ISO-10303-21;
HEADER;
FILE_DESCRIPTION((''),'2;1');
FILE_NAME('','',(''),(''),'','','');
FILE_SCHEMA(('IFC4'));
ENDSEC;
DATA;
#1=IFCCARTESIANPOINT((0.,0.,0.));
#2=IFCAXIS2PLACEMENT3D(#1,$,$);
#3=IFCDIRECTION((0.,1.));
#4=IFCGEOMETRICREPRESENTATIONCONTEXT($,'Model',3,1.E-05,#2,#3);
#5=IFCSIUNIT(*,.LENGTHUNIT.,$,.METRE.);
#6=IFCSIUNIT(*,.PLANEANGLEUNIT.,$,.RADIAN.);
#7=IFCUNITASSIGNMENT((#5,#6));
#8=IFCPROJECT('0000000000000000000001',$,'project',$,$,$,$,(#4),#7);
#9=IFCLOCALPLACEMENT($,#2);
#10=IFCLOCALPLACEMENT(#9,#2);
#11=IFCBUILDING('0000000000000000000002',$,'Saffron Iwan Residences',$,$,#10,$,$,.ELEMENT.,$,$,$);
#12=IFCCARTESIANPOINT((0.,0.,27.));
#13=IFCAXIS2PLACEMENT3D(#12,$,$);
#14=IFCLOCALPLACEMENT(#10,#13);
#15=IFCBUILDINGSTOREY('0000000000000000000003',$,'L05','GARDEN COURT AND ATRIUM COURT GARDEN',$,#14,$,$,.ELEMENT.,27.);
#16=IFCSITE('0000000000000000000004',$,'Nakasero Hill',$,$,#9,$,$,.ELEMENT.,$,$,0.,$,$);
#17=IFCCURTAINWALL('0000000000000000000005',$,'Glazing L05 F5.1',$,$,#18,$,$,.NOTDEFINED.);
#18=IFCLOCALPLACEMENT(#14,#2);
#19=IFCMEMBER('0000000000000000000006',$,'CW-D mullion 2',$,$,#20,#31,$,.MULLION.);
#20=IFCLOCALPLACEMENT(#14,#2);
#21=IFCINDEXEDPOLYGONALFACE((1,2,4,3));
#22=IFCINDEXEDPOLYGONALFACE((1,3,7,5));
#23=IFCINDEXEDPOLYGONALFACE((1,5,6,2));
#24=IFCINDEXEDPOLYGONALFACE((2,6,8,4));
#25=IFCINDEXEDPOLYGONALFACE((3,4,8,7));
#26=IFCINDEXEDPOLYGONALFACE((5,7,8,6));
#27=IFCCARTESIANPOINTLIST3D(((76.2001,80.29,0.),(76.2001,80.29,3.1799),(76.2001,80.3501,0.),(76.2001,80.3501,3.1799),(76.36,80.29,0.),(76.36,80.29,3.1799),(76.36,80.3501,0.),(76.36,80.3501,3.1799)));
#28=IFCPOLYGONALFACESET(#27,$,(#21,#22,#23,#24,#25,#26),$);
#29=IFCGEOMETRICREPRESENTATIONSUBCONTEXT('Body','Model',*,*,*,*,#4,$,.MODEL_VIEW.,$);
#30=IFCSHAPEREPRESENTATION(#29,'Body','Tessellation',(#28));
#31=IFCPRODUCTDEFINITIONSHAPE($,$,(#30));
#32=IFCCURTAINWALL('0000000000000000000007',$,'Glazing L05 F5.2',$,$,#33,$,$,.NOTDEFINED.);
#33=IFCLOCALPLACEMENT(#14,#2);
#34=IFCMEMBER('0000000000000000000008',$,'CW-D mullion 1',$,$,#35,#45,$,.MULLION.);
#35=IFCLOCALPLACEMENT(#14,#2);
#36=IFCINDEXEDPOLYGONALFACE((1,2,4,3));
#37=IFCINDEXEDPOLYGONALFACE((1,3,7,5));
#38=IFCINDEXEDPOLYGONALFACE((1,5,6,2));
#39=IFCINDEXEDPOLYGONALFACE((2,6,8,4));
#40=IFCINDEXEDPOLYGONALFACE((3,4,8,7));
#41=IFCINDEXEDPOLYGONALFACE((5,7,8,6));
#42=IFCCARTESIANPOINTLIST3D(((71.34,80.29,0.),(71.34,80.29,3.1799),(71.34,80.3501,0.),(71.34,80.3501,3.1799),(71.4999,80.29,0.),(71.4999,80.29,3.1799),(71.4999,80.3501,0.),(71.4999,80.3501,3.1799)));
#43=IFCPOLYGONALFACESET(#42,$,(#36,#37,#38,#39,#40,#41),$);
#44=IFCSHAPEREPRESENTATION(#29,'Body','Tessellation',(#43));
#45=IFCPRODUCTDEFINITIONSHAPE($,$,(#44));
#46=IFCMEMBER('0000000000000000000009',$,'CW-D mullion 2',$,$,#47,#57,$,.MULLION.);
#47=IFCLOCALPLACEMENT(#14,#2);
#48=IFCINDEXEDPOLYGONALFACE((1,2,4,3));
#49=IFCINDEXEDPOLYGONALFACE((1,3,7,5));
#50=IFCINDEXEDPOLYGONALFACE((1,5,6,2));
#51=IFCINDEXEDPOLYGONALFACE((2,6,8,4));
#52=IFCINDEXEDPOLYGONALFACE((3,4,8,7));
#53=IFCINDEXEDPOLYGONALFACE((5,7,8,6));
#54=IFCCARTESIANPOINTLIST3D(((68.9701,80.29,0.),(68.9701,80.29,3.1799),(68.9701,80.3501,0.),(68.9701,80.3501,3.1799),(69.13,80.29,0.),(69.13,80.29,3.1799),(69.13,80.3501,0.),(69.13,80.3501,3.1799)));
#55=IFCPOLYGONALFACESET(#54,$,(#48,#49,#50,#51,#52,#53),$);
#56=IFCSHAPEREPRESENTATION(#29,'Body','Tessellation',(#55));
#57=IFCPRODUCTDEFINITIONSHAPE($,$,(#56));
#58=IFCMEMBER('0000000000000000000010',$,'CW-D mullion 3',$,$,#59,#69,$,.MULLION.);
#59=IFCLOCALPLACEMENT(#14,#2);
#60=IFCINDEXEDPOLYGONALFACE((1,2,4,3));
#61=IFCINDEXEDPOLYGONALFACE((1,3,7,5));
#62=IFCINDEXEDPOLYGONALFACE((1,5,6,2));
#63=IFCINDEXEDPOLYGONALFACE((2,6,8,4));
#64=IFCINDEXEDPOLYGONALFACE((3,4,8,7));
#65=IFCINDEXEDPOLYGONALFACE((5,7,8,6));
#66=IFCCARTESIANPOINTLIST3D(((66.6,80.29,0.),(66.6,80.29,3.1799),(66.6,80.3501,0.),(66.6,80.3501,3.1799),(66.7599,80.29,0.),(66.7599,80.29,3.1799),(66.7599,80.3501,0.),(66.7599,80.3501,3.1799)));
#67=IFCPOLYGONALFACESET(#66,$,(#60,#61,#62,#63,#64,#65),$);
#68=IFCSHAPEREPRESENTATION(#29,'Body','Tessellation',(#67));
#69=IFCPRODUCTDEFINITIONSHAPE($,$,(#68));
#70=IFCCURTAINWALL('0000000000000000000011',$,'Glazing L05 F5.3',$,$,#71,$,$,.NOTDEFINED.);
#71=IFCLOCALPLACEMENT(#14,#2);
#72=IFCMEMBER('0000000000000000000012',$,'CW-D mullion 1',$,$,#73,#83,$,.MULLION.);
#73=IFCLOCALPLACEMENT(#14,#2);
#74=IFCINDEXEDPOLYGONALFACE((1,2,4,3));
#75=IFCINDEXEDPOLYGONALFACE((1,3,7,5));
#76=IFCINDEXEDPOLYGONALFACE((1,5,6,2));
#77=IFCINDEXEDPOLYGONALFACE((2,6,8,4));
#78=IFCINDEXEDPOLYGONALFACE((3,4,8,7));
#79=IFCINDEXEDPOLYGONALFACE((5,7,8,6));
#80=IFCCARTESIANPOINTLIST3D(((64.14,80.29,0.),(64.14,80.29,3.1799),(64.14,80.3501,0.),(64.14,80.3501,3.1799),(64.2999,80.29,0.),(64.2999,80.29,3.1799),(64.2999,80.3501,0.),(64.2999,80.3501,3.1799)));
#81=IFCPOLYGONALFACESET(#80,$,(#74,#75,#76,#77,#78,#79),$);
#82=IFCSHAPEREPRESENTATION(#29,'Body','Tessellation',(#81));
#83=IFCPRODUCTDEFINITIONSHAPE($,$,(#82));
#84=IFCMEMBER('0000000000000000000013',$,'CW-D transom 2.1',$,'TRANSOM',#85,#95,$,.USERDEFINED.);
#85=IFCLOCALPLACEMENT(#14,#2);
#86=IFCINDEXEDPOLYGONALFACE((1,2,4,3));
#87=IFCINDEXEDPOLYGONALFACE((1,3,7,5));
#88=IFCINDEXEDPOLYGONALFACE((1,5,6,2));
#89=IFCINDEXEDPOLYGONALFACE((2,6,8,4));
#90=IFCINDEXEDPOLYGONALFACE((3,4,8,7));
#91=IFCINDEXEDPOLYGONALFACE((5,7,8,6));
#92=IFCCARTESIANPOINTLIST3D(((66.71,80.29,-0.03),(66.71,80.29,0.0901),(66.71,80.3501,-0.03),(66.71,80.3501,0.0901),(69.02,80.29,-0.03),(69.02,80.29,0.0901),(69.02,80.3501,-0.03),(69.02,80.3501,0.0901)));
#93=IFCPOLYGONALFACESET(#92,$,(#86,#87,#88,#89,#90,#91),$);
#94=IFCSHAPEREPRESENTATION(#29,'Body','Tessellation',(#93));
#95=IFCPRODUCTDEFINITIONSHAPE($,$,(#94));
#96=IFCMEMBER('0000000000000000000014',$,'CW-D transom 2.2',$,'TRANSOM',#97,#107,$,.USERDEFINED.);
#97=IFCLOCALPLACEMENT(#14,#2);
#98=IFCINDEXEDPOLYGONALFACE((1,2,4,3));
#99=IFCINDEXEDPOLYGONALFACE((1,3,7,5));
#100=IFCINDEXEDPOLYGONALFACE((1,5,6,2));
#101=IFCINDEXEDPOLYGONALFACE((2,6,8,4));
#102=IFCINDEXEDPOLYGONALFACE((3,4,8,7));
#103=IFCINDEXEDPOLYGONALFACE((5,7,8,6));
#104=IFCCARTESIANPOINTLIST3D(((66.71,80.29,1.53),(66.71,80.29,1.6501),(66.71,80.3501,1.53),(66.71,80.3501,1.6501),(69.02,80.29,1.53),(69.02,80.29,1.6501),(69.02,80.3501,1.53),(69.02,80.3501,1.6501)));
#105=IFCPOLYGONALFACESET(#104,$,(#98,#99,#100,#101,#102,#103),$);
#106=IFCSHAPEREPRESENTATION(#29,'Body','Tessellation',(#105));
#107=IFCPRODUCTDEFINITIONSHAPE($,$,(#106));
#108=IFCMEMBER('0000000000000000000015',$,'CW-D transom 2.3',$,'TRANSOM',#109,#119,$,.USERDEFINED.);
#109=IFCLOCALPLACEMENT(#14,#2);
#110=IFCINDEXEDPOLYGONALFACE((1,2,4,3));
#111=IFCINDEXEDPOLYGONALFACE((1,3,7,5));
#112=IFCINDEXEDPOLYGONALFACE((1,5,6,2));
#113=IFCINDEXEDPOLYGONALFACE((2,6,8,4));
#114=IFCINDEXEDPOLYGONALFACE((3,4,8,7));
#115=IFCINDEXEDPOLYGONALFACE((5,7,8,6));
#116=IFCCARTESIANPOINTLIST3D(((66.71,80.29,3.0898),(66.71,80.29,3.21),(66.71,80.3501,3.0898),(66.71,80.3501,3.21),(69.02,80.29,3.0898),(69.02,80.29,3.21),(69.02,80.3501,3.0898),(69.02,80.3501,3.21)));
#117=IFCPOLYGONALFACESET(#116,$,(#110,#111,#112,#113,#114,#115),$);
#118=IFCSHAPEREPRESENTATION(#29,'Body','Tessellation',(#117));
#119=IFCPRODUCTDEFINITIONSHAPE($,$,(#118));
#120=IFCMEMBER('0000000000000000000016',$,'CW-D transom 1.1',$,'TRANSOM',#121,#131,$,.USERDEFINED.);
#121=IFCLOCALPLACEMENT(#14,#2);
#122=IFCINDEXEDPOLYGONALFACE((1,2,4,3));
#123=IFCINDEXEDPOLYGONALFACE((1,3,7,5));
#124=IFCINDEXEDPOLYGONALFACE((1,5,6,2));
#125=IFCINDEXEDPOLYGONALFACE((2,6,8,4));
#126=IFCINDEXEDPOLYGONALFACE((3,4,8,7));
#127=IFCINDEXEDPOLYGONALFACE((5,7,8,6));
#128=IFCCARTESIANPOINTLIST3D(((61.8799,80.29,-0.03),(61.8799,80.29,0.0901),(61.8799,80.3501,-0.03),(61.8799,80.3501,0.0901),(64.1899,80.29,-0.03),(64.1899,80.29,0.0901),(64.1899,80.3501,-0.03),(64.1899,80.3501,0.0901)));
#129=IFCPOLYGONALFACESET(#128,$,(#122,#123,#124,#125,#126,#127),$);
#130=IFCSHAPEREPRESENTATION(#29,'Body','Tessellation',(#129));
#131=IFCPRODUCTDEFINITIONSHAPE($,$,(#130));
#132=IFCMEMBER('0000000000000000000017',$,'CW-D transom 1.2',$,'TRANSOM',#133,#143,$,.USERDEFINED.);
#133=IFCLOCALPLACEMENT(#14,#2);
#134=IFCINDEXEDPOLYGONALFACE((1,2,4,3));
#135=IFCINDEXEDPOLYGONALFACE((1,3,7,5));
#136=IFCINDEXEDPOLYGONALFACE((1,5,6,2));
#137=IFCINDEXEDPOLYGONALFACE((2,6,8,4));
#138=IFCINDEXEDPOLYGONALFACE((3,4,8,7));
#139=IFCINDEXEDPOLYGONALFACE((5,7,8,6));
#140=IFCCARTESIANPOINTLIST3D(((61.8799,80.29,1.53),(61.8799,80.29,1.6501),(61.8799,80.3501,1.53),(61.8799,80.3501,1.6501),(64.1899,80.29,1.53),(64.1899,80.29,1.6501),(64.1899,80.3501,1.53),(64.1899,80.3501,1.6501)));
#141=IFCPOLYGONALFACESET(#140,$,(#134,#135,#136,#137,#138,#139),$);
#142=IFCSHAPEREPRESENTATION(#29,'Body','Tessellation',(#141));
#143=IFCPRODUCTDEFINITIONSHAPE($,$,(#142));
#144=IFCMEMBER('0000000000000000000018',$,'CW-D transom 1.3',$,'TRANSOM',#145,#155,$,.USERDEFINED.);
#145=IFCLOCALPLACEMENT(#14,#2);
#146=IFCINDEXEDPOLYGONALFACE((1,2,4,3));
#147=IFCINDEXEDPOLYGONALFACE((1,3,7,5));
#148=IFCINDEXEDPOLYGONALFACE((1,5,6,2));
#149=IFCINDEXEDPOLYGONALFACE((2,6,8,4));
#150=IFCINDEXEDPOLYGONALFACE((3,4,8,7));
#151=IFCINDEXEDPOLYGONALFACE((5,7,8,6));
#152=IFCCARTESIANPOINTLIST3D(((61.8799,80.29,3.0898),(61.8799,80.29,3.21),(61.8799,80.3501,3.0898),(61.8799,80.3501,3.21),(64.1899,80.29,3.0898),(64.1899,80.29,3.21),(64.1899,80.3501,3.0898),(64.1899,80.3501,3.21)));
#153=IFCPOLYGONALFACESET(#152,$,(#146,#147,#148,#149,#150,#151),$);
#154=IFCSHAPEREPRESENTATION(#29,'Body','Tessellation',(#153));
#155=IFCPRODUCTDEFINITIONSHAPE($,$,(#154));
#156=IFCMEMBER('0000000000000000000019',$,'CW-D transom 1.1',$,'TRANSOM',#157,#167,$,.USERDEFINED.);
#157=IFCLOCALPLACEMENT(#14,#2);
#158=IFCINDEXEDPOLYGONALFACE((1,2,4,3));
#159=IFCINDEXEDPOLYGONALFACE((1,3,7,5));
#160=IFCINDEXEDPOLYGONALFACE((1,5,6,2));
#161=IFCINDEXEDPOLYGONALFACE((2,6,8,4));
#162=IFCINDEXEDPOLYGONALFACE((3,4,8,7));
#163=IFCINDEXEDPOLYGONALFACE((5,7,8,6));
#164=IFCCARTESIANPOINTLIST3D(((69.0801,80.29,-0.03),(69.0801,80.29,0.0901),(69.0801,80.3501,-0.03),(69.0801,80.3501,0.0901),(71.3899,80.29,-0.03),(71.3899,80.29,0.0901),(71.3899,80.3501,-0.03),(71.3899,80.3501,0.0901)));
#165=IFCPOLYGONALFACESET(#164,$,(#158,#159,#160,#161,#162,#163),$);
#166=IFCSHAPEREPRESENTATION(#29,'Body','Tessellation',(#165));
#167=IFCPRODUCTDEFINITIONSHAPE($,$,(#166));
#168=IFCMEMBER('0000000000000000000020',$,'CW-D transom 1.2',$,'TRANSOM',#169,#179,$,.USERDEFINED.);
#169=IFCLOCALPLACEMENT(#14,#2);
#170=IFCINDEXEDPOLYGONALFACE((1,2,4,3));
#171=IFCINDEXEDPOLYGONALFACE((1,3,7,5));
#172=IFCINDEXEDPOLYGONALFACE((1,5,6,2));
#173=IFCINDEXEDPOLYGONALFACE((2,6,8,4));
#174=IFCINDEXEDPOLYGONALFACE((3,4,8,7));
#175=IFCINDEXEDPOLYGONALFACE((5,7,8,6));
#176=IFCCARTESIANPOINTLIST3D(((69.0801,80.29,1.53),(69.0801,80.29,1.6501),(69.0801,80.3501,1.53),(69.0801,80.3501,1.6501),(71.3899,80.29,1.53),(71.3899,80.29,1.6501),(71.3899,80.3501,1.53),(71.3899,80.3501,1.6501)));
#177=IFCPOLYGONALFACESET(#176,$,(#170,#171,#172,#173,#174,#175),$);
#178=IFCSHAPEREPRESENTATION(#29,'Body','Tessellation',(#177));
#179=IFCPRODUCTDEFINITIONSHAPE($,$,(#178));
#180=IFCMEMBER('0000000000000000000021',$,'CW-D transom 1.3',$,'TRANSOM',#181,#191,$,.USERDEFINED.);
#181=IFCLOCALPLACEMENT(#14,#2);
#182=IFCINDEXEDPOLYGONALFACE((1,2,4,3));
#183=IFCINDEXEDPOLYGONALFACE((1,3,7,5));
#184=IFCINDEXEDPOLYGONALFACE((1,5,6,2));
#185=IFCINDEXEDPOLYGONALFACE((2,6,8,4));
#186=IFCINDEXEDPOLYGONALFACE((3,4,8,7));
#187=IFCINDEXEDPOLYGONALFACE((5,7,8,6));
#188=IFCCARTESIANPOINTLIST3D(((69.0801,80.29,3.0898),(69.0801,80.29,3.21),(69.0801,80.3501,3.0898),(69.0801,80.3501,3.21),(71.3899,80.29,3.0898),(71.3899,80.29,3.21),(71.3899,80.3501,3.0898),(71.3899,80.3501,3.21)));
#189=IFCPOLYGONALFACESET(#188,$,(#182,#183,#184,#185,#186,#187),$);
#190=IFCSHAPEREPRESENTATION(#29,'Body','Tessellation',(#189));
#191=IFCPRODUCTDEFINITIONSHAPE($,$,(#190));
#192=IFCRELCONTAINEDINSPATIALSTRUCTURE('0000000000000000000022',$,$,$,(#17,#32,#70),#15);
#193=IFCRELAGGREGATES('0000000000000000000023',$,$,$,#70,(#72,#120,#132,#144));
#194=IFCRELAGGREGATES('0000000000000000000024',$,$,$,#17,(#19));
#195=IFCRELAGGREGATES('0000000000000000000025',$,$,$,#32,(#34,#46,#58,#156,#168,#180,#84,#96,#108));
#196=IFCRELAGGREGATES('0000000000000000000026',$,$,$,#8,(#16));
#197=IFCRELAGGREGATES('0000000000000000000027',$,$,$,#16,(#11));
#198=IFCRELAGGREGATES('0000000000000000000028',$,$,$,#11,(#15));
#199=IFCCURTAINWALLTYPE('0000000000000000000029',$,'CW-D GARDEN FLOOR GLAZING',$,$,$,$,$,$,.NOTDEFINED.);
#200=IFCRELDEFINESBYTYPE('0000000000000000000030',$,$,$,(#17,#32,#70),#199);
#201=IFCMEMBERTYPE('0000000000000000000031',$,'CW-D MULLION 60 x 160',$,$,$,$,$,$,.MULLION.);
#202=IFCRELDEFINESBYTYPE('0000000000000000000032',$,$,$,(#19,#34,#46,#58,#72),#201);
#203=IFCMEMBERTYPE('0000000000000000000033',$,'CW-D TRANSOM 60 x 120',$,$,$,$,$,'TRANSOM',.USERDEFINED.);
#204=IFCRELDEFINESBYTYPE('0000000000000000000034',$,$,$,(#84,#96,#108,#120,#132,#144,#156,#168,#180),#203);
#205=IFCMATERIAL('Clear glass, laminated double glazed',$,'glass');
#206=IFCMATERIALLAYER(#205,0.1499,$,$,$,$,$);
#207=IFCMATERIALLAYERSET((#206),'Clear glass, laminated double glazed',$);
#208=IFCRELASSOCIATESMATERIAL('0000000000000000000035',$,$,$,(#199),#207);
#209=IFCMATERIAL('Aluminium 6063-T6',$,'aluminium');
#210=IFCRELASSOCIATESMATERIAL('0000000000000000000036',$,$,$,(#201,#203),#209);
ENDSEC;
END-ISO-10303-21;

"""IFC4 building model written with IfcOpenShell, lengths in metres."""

from ifc_helpers import new_model, si_unit, direction, frame, origin, origin_2d, place, context, subcontext, project, spatial, rectangle, extrude, source, transform, mapped, material, layer, layer_set, material_profile, profile_set, type_object, element, aggregate, save


model = new_model("IFC4")

# Units and contexts
model_context = context("Model", 3, precision=1e-05, world=origin(), true_north=direction((0.0, 1.0)))
body_context = subcontext(model_context, "Body", "Model", "MODEL_VIEW")
ifc_project = project(units=[si_unit("LENGTHUNIT", "METRE"), si_unit("PLANEANGLEUNIT", "RADIAN")], contexts=[model_context])

# Site, building, storey
site_placement = place(None, origin())
site = spatial("IfcSite", under=ifc_project, at=site_placement, Name="Nakasero Hill", CompositionType="ELEMENT", RefElevation=0.0)
building_placement = place(site_placement, origin())
building = spatial("IfcBuilding", under=site, at=building_placement, Name="Saffron Iwan Residences", CompositionType="ELEMENT")
storey_placement = place(building_placement, frame((0.0, 0.0, 27.0)))
storey = spatial("IfcBuildingStorey", under=building, at=storey_placement, Name="L05", Description="GARDEN COURT AND ATRIUM COURT GARDEN", CompositionType="ELEMENT", Elevation=27.0)

# Curtain wall, member
ifc_material_1 = material(Name="Clear glass, laminated double glazed", Category="glass")
ifc_layer_1 = layer(ifc_material_1, 0.1499)
ifc_layer_set_1 = layer_set([ifc_layer_1], Name="Clear glass, laminated double glazed")
curtain_wall_type = type_object("IfcCurtainWallType", Name="CW-D GARDEN FLOOR GLAZING", PredefinedType="NOTDEFINED", material=ifc_layer_set_1)
curtain_wall_1_placement = place(storey_placement, origin())
curtain_wall_1 = element("IfcCurtainWall", 1, at=curtain_wall_1_placement, inside=storey, type_object=curtain_wall_type, Name="Glazing L05 F5.1", PredefinedType="NOTDEFINED")
ifc_material_2 = material(Name="Aluminium 6063-T6", Category="aluminium")
ifc_material_profile_1 = material_profile(ifc_material_2, rectangle(XDim=0.0601, YDim=0.1599, at=origin_2d()), Name="CW-D MULLION 60 x 160")
ifc_profile_set_1 = profile_set([ifc_material_profile_1], Name="Aluminium 6063-T6")
member_type_1 = type_object("IfcMemberType", Name="CW-D MULLION 60 x 160", PredefinedType="MULLION", material=ifc_profile_set_1)
shared_shape_1 = source(origin(), body_context, "Body", "SweptSolid", [
    extrude(rectangle(XDim=0.0601, YDim=0.1599, at=origin_2d()), origin(), (0.0, 0.0, 1.0), 3.1799),
])
member_1_placement = place(storey_placement, frame((76.28, 80.3201, 0.0), z_axis=(0.0, 0.0, 1.0), x_axis=(0.0, -1.0, 0.0)))
member_1 = element("IfcMember", 2, at=member_1_placement, type_object=member_type_1, Name="CW-D mullion 2", PredefinedType="MULLION", context=body_context, shape_type="MappedRepresentation", body=[
    mapped(shared_shape_1, transform((0.0, 0.0, 0.0))),
])

# Curtain wall, members
curtain_wall_2_placement = place(storey_placement, origin())
curtain_wall_2 = element("IfcCurtainWall", 3, at=curtain_wall_2_placement, inside=storey, type_object=curtain_wall_type, Name="Glazing L05 F5.2", PredefinedType="NOTDEFINED")
member_2_placement = place(storey_placement, frame((71.4199, 80.3201, 0.0), z_axis=(0.0, 0.0, 1.0), x_axis=(0.0, -1.0, 0.0)))
member_2 = element("IfcMember", 4, at=member_2_placement, type_object=member_type_1, Name="CW-D mullion 1", PredefinedType="MULLION", context=body_context, shape_type="MappedRepresentation", body=[
    mapped(shared_shape_1, transform((0.0, 0.0, 0.0))),
])
member_3_placement = place(storey_placement, frame((69.05, 80.3201, 0.0), z_axis=(0.0, 0.0, 1.0), x_axis=(0.0, -1.0, 0.0)))
member_3 = element("IfcMember", 5, at=member_3_placement, type_object=member_type_1, Name="CW-D mullion 2", PredefinedType="MULLION", context=body_context, shape_type="MappedRepresentation", body=[
    mapped(shared_shape_1, transform((0.0, 0.0, 0.0))),
])
member_4_placement = place(storey_placement, frame((66.6799, 80.3201, 0.0), z_axis=(0.0, 0.0, 1.0), x_axis=(0.0, -1.0, 0.0)))
member_4 = element("IfcMember", 6, at=member_4_placement, type_object=member_type_1, Name="CW-D mullion 3", PredefinedType="MULLION", context=body_context, shape_type="MappedRepresentation", body=[
    mapped(shared_shape_1, transform((0.0, 0.0, 0.0))),
])

# Curtain wall, member
curtain_wall_3_placement = place(storey_placement, origin())
curtain_wall_3 = element("IfcCurtainWall", 7, at=curtain_wall_3_placement, inside=storey, type_object=curtain_wall_type, Name="Glazing L05 F5.3", PredefinedType="NOTDEFINED")
member_5_placement = place(storey_placement, frame((64.22, 80.3201, 0.0), z_axis=(0.0, 0.0, 1.0), x_axis=(0.0, -1.0, 0.0)))
member_5 = element("IfcMember", 8, at=member_5_placement, type_object=member_type_1, Name="CW-D mullion 1", PredefinedType="MULLION", context=body_context, shape_type="MappedRepresentation", body=[
    mapped(shared_shape_1, transform((0.0, 0.0, 0.0))),
])

# Members
ifc_material_profile_2 = material_profile(ifc_material_2, rectangle(XDim=0.0601, YDim=0.1201, at=origin_2d()), Name="CW-D TRANSOM 60 x 120")
ifc_profile_set_2 = profile_set([ifc_material_profile_2], Name="Aluminium 6063-T6")
member_type_2 = type_object("IfcMemberType", Name="CW-D TRANSOM 60 x 120", ElementType="TRANSOM", PredefinedType="USERDEFINED", material=ifc_profile_set_2)
shared_shape_2 = source(origin(), body_context, "Body", "SweptSolid", [
    extrude(rectangle(XDim=0.0601, YDim=0.1201, at=origin_2d()), origin(), (0.0, 0.0, 1.0), 2.3101),
])
member_6_placement = place(storey_placement, frame((69.02, 80.3201, 0.03), z_axis=(-1.0, 0.0, 0.0), x_axis=(0.0, -1.0, 0.0)))
member_6 = element("IfcMember", 9, at=member_6_placement, type_object=member_type_2, Name="CW-D transom 2.1", ObjectType="TRANSOM", PredefinedType="USERDEFINED", context=body_context, shape_type="MappedRepresentation", body=[
    mapped(shared_shape_2, transform((0.0, 0.0, 0.0))),
])
member_7_placement = place(storey_placement, frame((69.02, 80.3201, 1.5901), z_axis=(-1.0, 0.0, 0.0), x_axis=(0.0, -1.0, 0.0)))
member_7 = element("IfcMember", 10, at=member_7_placement, type_object=member_type_2, Name="CW-D transom 2.2", ObjectType="TRANSOM", PredefinedType="USERDEFINED", context=body_context, shape_type="MappedRepresentation", body=[
    mapped(shared_shape_2, transform((0.0, 0.0, 0.0))),
])
member_8_placement = place(storey_placement, frame((69.02, 80.3201, 3.1499), z_axis=(-1.0, 0.0, 0.0), x_axis=(0.0, -1.0, 0.0)))
member_8 = element("IfcMember", 11, at=member_8_placement, type_object=member_type_2, Name="CW-D transom 2.3", ObjectType="TRANSOM", PredefinedType="USERDEFINED", context=body_context, shape_type="MappedRepresentation", body=[
    mapped(shared_shape_2, transform((0.0, 0.0, 0.0))),
])
member_9_placement = place(storey_placement, frame((64.1899, 80.3201, 0.03), z_axis=(-1.0, 0.0, 0.0), x_axis=(0.0, -1.0, 0.0)))
member_9 = element("IfcMember", 12, at=member_9_placement, type_object=member_type_2, Name="CW-D transom 1.1", ObjectType="TRANSOM", PredefinedType="USERDEFINED", context=body_context, shape_type="MappedRepresentation", body=[
    mapped(shared_shape_2, transform((0.0, 0.0, 0.0))),
])
member_10_placement = place(storey_placement, frame((64.1899, 80.3201, 1.5901), z_axis=(-1.0, 0.0, 0.0), x_axis=(0.0, -1.0, 0.0)))
member_10 = element("IfcMember", 13, at=member_10_placement, type_object=member_type_2, Name="CW-D transom 1.2", ObjectType="TRANSOM", PredefinedType="USERDEFINED", context=body_context, shape_type="MappedRepresentation", body=[
    mapped(shared_shape_2, transform((0.0, 0.0, 0.0))),
])
member_11_placement = place(storey_placement, frame((64.1899, 80.3201, 3.1499), z_axis=(-1.0, 0.0, 0.0), x_axis=(0.0, -1.0, 0.0)))
member_11 = element("IfcMember", 14, at=member_11_placement, type_object=member_type_2, Name="CW-D transom 1.3", ObjectType="TRANSOM", PredefinedType="USERDEFINED", context=body_context, shape_type="MappedRepresentation", body=[
    mapped(shared_shape_2, transform((0.0, 0.0, 0.0))),
])
aggregate(curtain_wall_3, [member_5, member_9, member_10, member_11])
shared_shape_3 = source(origin(), body_context, "Body", "SweptSolid", [
    extrude(rectangle(XDim=0.0601, YDim=0.1201, at=origin_2d()), origin(), (0.0, 0.0, 1.0), 2.3098),
])
member_12_placement = place(storey_placement, frame((71.3899, 80.3201, 0.03), z_axis=(-1.0, 0.0, 0.0), x_axis=(0.0, -1.0, 0.0)))
member_12 = element("IfcMember", 15, at=member_12_placement, type_object=member_type_2, Name="CW-D transom 1.1", ObjectType="TRANSOM", PredefinedType="USERDEFINED", context=body_context, shape_type="MappedRepresentation", body=[
    mapped(shared_shape_3, transform((0.0, 0.0, 0.0))),
])
member_13_placement = place(storey_placement, frame((71.3899, 80.3201, 1.5901), z_axis=(-1.0, 0.0, 0.0), x_axis=(0.0, -1.0, 0.0)))
member_13 = element("IfcMember", 16, at=member_13_placement, type_object=member_type_2, Name="CW-D transom 1.2", ObjectType="TRANSOM", PredefinedType="USERDEFINED", context=body_context, shape_type="MappedRepresentation", body=[
    mapped(shared_shape_3, transform((0.0, 0.0, 0.0))),
])
member_14_placement = place(storey_placement, frame((71.3899, 80.3201, 3.1499), z_axis=(-1.0, 0.0, 0.0), x_axis=(0.0, -1.0, 0.0)))
member_14 = element("IfcMember", 17, at=member_14_placement, type_object=member_type_2, Name="CW-D transom 1.3", ObjectType="TRANSOM", PredefinedType="USERDEFINED", context=body_context, shape_type="MappedRepresentation", body=[
    mapped(shared_shape_3, transform((0.0, 0.0, 0.0))),
])

aggregate(curtain_wall_1, [member_1])
aggregate(curtain_wall_2, [member_2, member_3, member_4, member_12, member_13, member_14, member_6, member_7, member_8])

save(model, "model.ifc")
